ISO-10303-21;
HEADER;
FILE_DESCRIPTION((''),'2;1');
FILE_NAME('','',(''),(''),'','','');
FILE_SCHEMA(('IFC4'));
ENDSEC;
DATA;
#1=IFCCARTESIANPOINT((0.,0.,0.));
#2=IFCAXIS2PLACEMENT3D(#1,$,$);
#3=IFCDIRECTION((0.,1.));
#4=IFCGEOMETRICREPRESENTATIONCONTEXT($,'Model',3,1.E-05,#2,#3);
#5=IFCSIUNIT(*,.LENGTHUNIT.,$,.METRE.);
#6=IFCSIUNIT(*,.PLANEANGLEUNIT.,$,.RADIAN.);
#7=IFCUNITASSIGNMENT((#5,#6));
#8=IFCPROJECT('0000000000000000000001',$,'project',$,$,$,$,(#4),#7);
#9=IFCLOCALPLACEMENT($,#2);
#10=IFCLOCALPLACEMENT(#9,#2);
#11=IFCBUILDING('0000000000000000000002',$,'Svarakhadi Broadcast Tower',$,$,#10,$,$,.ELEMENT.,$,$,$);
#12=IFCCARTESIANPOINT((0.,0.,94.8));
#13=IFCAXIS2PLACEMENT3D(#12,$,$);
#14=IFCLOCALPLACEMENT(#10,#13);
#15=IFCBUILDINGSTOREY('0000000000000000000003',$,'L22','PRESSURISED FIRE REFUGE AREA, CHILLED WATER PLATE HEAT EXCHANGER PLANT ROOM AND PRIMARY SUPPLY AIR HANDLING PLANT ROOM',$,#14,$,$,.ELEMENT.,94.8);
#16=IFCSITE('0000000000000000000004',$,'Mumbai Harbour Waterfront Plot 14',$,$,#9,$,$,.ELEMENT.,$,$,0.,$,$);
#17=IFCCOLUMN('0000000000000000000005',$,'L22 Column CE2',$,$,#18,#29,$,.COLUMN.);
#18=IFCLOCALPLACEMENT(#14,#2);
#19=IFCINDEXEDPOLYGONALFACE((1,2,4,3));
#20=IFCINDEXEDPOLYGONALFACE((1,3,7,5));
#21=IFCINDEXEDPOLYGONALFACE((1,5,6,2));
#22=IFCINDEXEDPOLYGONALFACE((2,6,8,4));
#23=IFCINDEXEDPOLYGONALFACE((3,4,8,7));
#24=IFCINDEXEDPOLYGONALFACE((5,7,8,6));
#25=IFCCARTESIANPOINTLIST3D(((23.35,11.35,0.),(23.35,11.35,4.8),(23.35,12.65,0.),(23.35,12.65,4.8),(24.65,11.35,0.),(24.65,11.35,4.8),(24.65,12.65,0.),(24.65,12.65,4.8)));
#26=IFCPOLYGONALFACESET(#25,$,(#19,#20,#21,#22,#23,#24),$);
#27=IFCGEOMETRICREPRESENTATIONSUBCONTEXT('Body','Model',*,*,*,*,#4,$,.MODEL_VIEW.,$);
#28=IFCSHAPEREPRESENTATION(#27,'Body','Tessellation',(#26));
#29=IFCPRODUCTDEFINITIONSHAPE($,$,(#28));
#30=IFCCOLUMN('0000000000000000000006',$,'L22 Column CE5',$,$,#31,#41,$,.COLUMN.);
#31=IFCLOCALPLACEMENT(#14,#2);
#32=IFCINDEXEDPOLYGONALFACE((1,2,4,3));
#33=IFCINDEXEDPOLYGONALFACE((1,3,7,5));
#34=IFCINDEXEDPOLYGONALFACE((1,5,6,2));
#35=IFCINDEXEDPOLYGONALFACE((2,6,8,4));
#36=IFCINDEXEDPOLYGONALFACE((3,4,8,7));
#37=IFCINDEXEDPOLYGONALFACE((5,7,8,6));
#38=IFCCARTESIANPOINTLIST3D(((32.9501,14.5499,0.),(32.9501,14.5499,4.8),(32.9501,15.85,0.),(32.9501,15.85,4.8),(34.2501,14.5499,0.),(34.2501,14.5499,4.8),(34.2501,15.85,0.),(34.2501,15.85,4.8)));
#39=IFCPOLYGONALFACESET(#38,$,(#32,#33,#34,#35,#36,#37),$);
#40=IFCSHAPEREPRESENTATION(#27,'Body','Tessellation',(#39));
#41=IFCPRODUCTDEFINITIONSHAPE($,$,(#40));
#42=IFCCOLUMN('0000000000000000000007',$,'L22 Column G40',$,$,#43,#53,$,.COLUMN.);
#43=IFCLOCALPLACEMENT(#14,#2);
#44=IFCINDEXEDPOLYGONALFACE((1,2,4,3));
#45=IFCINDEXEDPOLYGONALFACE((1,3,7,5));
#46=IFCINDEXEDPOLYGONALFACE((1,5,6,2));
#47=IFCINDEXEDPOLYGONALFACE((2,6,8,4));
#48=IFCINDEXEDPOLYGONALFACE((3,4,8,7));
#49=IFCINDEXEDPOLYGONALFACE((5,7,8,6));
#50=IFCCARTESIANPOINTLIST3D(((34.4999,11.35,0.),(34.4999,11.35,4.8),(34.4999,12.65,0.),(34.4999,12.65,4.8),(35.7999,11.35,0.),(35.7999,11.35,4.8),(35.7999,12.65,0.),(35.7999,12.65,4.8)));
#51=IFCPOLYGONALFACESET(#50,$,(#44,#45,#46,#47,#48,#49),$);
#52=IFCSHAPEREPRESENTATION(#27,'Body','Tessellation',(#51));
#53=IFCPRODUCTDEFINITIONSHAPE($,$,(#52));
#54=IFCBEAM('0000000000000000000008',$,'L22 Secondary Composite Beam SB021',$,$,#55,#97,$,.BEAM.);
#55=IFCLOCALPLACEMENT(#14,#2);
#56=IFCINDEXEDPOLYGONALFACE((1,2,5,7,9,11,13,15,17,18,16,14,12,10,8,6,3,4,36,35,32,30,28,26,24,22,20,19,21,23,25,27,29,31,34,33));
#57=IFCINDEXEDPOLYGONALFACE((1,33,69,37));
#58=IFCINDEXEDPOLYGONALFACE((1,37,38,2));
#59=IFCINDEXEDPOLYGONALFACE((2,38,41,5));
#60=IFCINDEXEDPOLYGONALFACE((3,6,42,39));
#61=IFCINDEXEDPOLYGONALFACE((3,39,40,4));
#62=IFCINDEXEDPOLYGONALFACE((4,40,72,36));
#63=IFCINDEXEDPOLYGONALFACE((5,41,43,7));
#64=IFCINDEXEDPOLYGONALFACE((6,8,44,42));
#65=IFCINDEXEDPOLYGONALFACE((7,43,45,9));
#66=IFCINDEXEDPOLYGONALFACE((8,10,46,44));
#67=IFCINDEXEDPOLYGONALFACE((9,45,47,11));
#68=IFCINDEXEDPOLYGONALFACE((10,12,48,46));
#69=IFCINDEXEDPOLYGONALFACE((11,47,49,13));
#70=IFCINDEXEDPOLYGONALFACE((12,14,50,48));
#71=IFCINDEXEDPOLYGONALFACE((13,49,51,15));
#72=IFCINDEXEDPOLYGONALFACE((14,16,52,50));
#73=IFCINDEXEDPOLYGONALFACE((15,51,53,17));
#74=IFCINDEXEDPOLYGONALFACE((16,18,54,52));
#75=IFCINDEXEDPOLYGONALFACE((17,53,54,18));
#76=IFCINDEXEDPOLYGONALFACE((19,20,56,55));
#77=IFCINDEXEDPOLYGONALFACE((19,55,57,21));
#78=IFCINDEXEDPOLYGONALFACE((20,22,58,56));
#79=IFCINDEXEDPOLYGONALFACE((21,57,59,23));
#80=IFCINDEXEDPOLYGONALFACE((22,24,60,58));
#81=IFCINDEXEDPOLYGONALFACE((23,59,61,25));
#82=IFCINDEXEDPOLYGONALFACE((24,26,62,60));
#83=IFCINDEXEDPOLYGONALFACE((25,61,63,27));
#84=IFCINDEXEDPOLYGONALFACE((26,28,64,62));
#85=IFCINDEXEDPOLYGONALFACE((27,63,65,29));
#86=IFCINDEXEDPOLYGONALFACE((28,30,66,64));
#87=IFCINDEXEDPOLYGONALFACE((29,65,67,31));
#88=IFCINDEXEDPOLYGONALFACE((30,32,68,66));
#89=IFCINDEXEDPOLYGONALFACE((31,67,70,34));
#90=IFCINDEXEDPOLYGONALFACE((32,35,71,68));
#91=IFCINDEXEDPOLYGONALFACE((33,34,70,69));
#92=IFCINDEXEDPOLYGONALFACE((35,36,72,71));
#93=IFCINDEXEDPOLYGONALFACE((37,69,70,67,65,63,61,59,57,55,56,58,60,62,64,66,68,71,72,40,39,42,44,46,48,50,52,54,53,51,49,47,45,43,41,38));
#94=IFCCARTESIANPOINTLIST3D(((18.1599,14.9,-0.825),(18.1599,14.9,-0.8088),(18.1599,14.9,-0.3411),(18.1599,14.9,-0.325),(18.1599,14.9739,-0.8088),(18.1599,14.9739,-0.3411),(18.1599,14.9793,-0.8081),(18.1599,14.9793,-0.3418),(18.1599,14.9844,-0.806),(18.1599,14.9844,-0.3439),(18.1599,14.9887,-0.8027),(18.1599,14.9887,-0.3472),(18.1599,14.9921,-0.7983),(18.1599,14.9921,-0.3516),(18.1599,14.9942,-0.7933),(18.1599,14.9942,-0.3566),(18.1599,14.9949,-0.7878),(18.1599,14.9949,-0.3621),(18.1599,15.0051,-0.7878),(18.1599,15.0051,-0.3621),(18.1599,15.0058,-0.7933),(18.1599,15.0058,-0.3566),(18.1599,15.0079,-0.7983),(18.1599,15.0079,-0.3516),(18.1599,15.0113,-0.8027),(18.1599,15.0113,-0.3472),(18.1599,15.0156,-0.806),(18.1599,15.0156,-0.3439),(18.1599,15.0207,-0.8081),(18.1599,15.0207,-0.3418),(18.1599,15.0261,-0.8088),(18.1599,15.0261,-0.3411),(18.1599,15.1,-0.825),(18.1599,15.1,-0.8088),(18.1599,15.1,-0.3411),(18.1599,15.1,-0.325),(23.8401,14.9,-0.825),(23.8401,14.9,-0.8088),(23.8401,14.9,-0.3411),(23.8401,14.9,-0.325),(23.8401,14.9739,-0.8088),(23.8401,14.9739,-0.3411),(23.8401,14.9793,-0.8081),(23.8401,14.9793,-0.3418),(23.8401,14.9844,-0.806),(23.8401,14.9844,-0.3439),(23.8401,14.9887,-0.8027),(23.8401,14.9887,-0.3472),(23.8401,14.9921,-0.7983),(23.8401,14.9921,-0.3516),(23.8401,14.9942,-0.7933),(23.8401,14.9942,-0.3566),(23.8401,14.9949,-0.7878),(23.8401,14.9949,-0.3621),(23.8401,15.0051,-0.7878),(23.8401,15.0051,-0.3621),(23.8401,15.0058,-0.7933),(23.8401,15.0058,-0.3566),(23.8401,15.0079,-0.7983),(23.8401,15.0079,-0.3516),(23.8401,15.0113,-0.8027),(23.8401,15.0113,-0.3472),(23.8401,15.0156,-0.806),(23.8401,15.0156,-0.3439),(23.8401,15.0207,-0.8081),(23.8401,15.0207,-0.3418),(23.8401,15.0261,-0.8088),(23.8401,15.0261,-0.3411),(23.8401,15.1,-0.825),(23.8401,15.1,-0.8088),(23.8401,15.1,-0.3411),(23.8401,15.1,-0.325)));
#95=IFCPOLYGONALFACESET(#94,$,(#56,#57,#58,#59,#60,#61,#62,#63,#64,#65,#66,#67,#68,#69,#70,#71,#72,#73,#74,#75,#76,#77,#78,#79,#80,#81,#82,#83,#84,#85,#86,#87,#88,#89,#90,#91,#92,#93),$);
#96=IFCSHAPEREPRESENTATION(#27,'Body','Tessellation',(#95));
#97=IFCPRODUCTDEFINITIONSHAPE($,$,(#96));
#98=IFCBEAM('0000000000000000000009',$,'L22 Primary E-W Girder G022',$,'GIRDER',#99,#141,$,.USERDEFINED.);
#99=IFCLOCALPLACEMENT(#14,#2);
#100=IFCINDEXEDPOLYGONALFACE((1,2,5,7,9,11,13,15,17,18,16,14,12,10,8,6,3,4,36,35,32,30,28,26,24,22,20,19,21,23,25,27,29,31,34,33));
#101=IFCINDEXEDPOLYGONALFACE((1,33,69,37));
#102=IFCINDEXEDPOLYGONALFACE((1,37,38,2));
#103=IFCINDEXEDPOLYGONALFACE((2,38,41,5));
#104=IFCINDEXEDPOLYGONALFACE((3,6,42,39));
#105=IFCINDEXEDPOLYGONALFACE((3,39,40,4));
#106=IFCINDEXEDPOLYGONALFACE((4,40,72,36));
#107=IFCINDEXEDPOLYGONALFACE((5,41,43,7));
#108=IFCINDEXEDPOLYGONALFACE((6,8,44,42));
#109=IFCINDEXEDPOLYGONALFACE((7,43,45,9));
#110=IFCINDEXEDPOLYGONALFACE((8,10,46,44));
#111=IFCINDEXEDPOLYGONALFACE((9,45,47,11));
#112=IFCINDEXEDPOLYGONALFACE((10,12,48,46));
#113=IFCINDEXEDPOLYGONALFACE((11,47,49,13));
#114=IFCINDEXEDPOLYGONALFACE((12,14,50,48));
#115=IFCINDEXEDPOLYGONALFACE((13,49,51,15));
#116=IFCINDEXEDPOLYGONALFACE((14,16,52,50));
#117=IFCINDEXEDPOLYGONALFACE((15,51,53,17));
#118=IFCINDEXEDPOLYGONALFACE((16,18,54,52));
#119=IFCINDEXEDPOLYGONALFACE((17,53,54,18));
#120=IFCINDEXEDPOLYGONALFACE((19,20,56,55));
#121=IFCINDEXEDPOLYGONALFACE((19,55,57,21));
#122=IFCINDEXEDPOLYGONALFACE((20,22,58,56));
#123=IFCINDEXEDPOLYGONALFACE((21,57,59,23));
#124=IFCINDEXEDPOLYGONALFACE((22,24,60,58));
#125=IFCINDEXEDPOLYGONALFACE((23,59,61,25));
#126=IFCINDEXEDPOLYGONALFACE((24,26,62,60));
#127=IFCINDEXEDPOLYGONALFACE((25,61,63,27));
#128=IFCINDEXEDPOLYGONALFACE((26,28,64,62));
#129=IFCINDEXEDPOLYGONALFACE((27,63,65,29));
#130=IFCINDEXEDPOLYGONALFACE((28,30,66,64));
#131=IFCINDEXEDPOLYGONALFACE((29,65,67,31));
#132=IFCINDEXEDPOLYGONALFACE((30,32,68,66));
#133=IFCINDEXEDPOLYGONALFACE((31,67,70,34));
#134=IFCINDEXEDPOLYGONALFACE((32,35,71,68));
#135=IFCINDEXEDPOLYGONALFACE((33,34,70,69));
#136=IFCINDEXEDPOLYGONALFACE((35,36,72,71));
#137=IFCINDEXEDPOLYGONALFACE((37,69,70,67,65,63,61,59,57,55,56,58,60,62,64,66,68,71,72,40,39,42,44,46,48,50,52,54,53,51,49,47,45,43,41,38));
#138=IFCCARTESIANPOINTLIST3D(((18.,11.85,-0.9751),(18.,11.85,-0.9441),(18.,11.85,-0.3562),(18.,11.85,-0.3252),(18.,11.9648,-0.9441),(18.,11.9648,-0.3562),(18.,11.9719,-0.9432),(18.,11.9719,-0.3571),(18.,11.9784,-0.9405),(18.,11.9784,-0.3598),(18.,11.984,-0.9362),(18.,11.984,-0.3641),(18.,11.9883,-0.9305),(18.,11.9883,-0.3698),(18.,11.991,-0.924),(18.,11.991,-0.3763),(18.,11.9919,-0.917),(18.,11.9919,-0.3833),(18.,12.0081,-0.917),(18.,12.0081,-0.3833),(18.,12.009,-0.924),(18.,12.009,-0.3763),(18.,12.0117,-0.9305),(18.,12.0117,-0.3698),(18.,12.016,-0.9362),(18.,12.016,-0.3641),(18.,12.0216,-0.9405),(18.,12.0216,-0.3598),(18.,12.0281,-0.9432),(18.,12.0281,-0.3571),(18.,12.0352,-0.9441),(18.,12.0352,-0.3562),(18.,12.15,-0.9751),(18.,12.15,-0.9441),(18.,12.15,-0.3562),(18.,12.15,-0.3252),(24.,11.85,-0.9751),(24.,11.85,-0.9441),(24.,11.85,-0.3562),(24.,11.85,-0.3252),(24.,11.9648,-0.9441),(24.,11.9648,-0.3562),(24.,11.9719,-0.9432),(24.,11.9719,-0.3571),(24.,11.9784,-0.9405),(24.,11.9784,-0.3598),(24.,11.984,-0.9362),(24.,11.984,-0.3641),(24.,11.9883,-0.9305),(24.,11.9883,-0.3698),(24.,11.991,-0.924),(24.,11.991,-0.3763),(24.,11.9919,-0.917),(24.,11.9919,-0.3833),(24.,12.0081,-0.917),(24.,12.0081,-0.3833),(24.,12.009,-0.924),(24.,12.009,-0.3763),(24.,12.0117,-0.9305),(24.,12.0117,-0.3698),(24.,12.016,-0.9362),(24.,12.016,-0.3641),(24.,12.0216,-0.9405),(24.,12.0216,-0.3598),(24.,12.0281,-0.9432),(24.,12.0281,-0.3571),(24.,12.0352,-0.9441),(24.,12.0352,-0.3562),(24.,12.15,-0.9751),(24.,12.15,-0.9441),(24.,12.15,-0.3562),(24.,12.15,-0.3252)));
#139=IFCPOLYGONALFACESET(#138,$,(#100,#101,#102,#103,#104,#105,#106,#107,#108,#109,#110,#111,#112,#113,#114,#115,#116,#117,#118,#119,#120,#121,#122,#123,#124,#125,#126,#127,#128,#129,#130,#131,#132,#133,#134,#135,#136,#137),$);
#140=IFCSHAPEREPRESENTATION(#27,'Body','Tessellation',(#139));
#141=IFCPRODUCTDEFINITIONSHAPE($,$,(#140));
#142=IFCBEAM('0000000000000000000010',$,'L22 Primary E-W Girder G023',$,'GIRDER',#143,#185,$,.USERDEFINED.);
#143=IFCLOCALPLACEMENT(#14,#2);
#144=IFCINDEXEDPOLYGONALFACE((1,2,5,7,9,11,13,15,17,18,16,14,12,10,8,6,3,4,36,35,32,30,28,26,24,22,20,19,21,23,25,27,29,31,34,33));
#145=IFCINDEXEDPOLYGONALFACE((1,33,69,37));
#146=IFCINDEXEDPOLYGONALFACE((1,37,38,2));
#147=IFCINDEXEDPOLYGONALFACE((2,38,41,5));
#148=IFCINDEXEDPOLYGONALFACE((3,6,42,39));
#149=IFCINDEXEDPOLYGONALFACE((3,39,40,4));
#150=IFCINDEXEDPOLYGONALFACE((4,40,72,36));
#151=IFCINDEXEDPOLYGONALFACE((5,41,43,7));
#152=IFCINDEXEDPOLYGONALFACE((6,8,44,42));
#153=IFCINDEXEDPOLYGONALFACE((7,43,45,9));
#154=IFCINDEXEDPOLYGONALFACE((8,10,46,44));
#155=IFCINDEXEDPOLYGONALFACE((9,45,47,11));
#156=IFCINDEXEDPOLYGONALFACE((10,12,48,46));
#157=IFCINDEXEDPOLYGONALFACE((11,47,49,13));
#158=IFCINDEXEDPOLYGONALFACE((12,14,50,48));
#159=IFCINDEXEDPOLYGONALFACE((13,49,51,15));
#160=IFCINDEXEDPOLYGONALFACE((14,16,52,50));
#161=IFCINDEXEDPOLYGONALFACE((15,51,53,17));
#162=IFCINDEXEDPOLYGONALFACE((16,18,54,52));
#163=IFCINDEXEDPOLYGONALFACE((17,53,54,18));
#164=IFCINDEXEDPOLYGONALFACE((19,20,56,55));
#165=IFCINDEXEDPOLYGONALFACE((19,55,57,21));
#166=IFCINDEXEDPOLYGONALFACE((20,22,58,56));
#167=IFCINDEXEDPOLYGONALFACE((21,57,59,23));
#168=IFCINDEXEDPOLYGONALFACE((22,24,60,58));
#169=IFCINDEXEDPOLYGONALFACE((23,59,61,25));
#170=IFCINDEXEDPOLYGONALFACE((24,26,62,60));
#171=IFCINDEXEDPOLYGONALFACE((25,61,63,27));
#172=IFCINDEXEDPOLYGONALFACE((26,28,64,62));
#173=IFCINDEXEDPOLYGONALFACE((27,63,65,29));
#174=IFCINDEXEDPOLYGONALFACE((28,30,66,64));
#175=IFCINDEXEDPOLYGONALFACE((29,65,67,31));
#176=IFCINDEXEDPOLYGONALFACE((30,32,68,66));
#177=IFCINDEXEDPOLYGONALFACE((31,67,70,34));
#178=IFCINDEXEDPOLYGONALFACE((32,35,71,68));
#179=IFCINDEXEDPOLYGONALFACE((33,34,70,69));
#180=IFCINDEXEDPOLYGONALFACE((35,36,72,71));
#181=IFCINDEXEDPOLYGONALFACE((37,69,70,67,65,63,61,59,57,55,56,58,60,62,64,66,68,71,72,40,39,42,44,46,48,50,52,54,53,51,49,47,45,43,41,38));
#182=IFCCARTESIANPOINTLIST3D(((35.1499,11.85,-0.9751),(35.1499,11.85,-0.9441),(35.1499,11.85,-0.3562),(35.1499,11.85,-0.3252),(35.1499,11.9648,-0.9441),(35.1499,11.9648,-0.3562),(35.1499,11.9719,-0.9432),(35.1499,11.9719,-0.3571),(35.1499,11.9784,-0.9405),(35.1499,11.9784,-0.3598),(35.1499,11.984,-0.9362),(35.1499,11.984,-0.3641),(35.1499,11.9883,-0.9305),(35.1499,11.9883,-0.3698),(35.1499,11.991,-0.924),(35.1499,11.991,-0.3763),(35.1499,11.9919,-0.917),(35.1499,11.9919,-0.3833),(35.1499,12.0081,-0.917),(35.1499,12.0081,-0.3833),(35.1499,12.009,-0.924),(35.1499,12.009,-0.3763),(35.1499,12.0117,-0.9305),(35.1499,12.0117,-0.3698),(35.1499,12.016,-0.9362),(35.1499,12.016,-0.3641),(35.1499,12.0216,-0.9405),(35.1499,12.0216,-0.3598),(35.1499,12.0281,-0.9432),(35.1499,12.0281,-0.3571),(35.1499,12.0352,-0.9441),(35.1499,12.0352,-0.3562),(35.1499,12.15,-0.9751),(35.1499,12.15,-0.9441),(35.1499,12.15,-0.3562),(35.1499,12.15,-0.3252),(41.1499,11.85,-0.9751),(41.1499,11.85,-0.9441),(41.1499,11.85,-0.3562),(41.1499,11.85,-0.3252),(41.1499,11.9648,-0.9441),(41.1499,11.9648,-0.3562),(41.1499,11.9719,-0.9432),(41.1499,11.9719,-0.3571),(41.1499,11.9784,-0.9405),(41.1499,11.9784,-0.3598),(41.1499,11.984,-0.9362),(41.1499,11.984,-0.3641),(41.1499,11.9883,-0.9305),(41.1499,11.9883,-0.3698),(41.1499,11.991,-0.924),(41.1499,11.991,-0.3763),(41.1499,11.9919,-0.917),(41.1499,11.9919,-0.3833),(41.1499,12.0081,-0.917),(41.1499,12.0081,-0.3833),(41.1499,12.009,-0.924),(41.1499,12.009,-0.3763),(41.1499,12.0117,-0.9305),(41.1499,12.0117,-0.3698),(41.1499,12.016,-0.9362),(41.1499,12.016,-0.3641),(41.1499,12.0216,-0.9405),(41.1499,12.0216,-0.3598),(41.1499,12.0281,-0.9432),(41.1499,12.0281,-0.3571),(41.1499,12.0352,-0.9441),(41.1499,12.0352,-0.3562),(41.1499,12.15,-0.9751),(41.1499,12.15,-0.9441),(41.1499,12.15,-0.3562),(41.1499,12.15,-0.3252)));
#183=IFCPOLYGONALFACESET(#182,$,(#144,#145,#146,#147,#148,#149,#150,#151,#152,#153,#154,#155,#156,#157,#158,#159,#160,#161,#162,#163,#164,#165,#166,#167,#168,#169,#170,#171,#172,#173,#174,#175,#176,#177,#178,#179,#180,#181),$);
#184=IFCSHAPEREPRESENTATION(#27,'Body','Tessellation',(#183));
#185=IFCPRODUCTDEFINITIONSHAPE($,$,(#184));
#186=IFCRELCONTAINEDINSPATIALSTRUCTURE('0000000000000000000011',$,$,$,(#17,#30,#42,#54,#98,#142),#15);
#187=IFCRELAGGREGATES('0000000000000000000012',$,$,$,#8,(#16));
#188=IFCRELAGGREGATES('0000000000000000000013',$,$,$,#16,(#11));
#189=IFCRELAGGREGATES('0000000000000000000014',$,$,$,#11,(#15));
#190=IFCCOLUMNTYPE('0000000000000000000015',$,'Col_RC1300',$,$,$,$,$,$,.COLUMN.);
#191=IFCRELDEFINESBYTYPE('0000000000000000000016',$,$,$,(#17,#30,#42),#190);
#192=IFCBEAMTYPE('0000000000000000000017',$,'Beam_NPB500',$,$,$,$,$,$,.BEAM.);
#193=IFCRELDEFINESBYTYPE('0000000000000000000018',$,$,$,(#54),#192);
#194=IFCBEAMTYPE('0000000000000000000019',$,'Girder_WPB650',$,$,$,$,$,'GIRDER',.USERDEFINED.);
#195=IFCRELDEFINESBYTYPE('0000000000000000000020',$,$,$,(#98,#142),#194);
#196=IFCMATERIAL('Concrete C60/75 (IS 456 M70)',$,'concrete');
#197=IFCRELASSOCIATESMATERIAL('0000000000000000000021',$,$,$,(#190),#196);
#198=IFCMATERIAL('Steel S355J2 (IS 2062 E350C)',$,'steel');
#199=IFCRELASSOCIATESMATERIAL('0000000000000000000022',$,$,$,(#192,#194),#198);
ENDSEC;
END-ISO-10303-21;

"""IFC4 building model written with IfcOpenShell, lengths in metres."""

from ifc_helpers import new_model, si_unit, direction, frame, origin, origin_2d, place, context, subcontext, project, spatial, rectangle, i_section, extrude, material, material_profile, profile_set, type_object, element, save


model = new_model("IFC4")

# Units and contexts
model_context = context("Model", 3, precision=1e-05, world=origin(), true_north=direction((0.0, 1.0)))
body_context = subcontext(model_context, "Body", "Model", "MODEL_VIEW")
ifc_project = project(units=[si_unit("LENGTHUNIT", "METRE"), si_unit("PLANEANGLEUNIT", "RADIAN")], contexts=[model_context])

# Site, building, storey
site_placement = place(None, origin())
site = spatial("IfcSite", under=ifc_project, at=site_placement, Name="Mumbai Harbour Waterfront Plot 14", CompositionType="ELEMENT", RefElevation=0.0)
building_placement = place(site_placement, origin())
building = spatial("IfcBuilding", under=site, at=building_placement, Name="Svarakhadi Broadcast Tower", CompositionType="ELEMENT")
storey_placement = place(building_placement, frame((0.0, 0.0, 94.8)))
storey = spatial("IfcBuildingStorey", under=building, at=storey_placement, Name="L22", Description="PRESSURISED FIRE REFUGE AREA, CHILLED WATER PLATE HEAT EXCHANGER PLANT ROOM AND PRIMARY SUPPLY AIR HANDLING PLANT ROOM", CompositionType="ELEMENT", Elevation=94.8)

# Columns
ifc_material_1 = material(Name="Concrete C60/75 (IS 456 M70)", Category="concrete")
ifc_material_profile_1 = material_profile(ifc_material_1, rectangle(XDim=1.3, YDim=1.3, at=origin_2d()), Name="RC 1300x1300")
ifc_profile_set_1 = profile_set([ifc_material_profile_1], Name="Concrete C60/75 (IS 456 M70)")
column_type = type_object("IfcColumnType", Name="Col_RC1300", PredefinedType="COLUMN", material=ifc_profile_set_1)
for number, where, z_axis, x_axis, name in (
    (1, (24.0, 12.0, 0.0), (0.0, 0.0, 1.0), (1.0, 0.0, 0.0), "L22 Column CE2"),
    (2, (33.6001, 15.2, 0.0), (0.0, 0.0, 1.0), (1.0, 0.0, 0.0), "L22 Column CE5"),
    (3, (35.1499, 12.0, 0.0), (0.0, 0.0, 1.0), (1.0, 0.0, 0.0), "L22 Column G40"),
):
    element("IfcColumn", number, at=place(storey_placement, frame(where, z_axis=z_axis, x_axis=x_axis)), inside=storey, type_object=column_type, Name=name, PredefinedType="COLUMN", context=body_context, shape_type="SweptSolid", body=[
        extrude(rectangle(XDim=1.3, YDim=1.3, at=origin_2d()), origin(), (0.0, 0.0, 1.0), 4.8),
    ])

# Beams
ifc_material_2 = material(Name="Steel S355J2 (IS 2062 E350C)", Category="steel")
ifc_material_profile_2 = material_profile(ifc_material_2, i_section(OverallWidth=0.2, OverallDepth=0.5, WebThickness=0.0103, FlangeThickness=0.0161, FilletRadius=0.021, at=origin_2d()), Name="NPB 500x200x91")
ifc_profile_set_2 = profile_set([ifc_material_profile_2], Name="Steel S355J2 (IS 2062 E350C)")
beam_type_1 = type_object("IfcBeamType", Name="Beam_NPB500", PredefinedType="BEAM", material=ifc_profile_set_2)
beam_1_placement = place(storey_placement, frame((18.1599, 15.0, -0.575), z_axis=(1.0, 0.0, 0.0), x_axis=(0.0, 1.0, 0.0)))
element("IfcBeam", 4, at=beam_1_placement, inside=storey, type_object=beam_type_1, Name="L22 Secondary Composite Beam SB021", PredefinedType="BEAM", context=body_context, shape_type="SweptSolid", body=[
    extrude(i_section(OverallWidth=0.2, OverallDepth=0.5, WebThickness=0.0103, FlangeThickness=0.0161, FilletRadius=0.021, at=origin_2d()), origin(), (0.0, 0.0, 1.0), 5.6802),
])
ifc_material_profile_3 = material_profile(ifc_material_2, i_section(OverallWidth=0.3, OverallDepth=0.6499, WebThickness=0.0161, FlangeThickness=0.031, FilletRadius=0.0271, at=origin_2d()), Name="WPB 650x300x225")
ifc_profile_set_3 = profile_set([ifc_material_profile_3], Name="Steel S355J2 (IS 2062 E350C)")
beam_type_2 = type_object("IfcBeamType", Name="Girder_WPB650", ElementType="GIRDER", PredefinedType="USERDEFINED", material=ifc_profile_set_3)
for number, where, z_axis, x_axis, name in (
    (5, (18.0, 12.0, -0.6501), (1.0, 0.0, 0.0), (0.0, 1.0, 0.0), "L22 Primary E-W Girder G022"),
    (6, (35.1499, 12.0, -0.6501), (1.0, 0.0, 0.0), (0.0, 1.0, 0.0), "L22 Primary E-W Girder G023"),
):
    element("IfcBeam", number, at=place(storey_placement, frame(where, z_axis=z_axis, x_axis=x_axis)), inside=storey, type_object=beam_type_2, Name=name, ObjectType="GIRDER", PredefinedType="USERDEFINED", context=body_context, shape_type="SweptSolid", body=[
        extrude(i_section(OverallWidth=0.3, OverallDepth=0.6499, WebThickness=0.0161, FlangeThickness=0.031, FilletRadius=0.0271, at=origin_2d()), origin(), (0.0, 0.0, 1.0), 6.0),
    ])

save(model, "model.ifc")
